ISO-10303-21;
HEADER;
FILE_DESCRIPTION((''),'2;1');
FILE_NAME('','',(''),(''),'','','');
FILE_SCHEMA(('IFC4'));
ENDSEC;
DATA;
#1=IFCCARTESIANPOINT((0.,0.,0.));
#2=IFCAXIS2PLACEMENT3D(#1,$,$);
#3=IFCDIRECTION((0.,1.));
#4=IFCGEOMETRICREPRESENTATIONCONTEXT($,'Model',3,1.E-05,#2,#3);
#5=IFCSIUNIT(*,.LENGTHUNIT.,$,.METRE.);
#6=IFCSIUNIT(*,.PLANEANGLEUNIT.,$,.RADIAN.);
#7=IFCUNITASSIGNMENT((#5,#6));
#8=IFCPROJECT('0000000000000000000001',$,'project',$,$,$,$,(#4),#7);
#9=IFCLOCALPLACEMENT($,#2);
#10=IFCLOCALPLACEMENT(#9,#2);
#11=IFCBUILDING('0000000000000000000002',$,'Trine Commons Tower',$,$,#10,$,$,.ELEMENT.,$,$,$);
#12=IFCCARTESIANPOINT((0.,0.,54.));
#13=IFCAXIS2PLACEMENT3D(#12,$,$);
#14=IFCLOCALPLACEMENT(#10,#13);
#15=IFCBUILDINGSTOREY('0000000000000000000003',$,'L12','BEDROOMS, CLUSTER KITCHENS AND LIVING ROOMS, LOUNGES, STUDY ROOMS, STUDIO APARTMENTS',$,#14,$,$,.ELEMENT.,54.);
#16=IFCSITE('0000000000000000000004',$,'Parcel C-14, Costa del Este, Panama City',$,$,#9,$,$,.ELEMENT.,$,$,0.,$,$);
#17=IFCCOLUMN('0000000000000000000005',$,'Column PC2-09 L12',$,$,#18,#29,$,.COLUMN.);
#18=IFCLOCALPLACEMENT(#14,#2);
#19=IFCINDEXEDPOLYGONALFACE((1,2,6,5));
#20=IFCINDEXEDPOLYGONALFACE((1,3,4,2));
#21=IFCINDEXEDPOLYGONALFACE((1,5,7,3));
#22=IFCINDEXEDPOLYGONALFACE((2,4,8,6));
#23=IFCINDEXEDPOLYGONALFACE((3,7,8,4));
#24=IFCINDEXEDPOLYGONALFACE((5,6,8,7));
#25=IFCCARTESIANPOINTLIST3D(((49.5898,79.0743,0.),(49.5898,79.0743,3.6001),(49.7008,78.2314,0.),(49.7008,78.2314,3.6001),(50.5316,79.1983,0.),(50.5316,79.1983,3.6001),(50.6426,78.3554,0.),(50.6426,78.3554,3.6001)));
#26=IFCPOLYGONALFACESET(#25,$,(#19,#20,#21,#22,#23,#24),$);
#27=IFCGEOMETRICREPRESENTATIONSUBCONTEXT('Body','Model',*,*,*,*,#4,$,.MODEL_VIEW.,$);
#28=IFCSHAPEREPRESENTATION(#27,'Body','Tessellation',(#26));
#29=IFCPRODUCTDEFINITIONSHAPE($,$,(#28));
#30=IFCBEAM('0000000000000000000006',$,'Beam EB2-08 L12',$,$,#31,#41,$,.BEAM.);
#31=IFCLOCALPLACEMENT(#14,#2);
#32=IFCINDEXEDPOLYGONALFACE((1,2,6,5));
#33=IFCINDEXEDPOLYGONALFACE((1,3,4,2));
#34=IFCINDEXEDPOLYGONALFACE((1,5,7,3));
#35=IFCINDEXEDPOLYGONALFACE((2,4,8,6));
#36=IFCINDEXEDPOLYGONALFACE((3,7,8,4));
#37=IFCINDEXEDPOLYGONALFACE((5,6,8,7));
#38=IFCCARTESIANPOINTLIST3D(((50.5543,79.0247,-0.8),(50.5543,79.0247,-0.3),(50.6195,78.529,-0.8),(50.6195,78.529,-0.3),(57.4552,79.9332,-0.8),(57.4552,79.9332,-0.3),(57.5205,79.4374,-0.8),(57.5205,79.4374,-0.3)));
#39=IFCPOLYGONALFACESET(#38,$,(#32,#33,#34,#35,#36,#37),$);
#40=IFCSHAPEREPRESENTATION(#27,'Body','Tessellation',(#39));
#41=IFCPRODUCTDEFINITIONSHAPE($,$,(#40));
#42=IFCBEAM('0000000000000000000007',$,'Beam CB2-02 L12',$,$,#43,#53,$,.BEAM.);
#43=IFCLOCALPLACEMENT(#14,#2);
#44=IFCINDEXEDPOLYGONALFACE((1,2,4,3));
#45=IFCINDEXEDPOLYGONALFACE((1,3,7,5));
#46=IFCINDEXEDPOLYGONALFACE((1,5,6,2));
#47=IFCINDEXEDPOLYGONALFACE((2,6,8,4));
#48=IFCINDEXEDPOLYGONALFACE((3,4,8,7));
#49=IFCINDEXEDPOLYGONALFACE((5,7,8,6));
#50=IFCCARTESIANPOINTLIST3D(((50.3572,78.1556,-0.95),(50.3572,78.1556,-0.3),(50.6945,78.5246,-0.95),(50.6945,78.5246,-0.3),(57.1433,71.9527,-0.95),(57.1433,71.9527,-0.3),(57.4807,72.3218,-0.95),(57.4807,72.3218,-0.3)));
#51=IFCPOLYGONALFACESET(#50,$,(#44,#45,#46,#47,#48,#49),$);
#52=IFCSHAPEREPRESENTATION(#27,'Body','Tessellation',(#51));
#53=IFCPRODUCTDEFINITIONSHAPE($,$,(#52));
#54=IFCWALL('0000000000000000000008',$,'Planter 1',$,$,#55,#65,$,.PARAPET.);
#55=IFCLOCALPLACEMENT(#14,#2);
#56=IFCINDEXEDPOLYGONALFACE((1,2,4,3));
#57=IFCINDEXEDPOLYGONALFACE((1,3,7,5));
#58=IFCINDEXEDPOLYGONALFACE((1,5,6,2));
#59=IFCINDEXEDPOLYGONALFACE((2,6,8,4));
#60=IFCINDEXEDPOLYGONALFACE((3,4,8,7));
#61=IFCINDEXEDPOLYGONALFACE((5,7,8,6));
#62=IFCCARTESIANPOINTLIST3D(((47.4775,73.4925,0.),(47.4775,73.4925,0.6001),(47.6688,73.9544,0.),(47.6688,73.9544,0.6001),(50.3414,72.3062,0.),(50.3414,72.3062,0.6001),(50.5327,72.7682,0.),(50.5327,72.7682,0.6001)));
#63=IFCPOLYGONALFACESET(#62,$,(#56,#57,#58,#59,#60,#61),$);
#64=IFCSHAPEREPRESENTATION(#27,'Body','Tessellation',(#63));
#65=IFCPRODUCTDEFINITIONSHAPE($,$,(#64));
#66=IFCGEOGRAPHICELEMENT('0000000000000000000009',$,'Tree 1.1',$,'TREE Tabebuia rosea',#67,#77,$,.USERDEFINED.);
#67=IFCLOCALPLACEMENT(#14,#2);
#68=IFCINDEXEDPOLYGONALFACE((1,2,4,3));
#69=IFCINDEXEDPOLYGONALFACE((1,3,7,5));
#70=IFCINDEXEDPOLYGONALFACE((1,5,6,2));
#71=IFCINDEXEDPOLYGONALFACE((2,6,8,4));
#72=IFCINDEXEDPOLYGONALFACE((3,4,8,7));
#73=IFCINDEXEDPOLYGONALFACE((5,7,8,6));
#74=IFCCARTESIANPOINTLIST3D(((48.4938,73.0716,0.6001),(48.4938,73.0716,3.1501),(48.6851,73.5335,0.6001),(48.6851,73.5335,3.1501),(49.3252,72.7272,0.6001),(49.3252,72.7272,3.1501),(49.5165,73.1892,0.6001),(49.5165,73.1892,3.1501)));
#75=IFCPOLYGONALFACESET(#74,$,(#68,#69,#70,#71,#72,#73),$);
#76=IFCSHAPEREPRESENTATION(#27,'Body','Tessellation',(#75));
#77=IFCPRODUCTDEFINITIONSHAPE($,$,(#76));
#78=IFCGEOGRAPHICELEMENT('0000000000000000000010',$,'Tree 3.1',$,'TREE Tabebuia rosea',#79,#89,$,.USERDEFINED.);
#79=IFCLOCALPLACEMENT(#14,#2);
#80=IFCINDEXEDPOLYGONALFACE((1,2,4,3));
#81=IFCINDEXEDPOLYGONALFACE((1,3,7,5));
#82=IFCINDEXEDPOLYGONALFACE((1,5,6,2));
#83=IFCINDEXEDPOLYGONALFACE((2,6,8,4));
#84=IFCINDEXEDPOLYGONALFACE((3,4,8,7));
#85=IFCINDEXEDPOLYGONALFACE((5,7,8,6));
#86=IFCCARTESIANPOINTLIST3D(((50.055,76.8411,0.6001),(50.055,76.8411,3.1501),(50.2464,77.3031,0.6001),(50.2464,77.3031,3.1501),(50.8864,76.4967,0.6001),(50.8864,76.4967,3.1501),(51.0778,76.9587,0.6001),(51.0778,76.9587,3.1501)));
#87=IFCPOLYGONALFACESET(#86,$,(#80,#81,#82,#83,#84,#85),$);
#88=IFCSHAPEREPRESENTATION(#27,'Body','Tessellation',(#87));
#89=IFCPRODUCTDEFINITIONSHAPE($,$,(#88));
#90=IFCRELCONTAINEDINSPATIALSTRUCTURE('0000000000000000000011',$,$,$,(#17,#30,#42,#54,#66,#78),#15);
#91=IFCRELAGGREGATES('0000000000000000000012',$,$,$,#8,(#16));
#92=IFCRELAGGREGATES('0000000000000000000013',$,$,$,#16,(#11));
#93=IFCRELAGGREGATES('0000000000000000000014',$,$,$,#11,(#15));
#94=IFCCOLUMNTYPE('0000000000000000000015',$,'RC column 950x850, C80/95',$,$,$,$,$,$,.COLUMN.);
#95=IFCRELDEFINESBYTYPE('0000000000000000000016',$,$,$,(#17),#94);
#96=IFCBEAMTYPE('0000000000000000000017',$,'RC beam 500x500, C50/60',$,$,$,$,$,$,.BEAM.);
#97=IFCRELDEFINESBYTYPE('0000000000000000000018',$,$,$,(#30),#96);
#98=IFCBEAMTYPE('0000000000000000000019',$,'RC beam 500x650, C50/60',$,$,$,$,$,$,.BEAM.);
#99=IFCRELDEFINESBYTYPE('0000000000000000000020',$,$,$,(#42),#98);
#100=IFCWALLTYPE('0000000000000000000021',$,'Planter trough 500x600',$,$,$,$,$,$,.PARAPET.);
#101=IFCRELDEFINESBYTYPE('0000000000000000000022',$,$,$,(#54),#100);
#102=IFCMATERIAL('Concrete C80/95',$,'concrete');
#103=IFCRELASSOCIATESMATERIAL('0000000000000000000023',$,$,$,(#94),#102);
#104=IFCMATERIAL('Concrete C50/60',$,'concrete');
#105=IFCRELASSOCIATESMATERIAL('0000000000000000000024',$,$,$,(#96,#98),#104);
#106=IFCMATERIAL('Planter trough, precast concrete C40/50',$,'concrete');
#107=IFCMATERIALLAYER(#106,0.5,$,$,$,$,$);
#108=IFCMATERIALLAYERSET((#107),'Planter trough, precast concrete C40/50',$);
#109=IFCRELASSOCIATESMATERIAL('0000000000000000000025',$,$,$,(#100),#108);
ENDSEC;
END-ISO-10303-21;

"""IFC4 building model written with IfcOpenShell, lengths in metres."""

from ifc_helpers import new_model, si_unit, direction, frame, frame_2d, origin, origin_2d, place, context, subcontext, project, spatial, rectangle, extrude, material, layer, layer_set, material_profile, profile_set, type_object, element, save


model = new_model("IFC4")

# Units and contexts
model_context = context("Model", 3, precision=1e-05, world=origin(), true_north=direction((0.0, 1.0)))
body_context = subcontext(model_context, "Body", "Model", "MODEL_VIEW")
ifc_project = project(units=[si_unit("LENGTHUNIT", "METRE"), si_unit("PLANEANGLEUNIT", "RADIAN")], contexts=[model_context])

# Site, building, storey
site_placement = place(None, origin())
site = spatial("IfcSite", under=ifc_project, at=site_placement, Name="Parcel C-14, Costa del Este, Panama City", CompositionType="ELEMENT", RefElevation=0.0)
building_placement = place(site_placement, origin())
building = spatial("IfcBuilding", under=site, at=building_placement, Name="Trine Commons Tower", CompositionType="ELEMENT")
storey_placement = place(building_placement, frame((0.0, 0.0, 54.0)))
storey = spatial("IfcBuildingStorey", under=building, at=storey_placement, Name="L12", Description="BEDROOMS, CLUSTER KITCHENS AND LIVING ROOMS, LOUNGES, STUDY ROOMS, STUDIO APARTMENTS", CompositionType="ELEMENT", Elevation=54.0)

# Column
ifc_material_1 = material(Name="Concrete C80/95", Category="concrete")
ifc_material_profile_1 = material_profile(ifc_material_1, rectangle(XDim=0.95, YDim=0.8501, at=origin_2d()), Name="RC 950x850")
ifc_profile_set_1 = profile_set([ifc_material_profile_1], Name="Concrete C80/95")
column_type = type_object("IfcColumnType", Name="RC column 950x850, C80/95", PredefinedType="COLUMN", material=ifc_profile_set_1)
column_placement = place(storey_placement, frame((50.1162, 78.7148, 0.0), z_axis=(0.0, 0.0, 1.0), x_axis=(0.991445, 0.130526, 0.0)))
element("IfcColumn", 1, at=column_placement, inside=storey, type_object=column_type, Name="Column PC2-09 L12", PredefinedType="COLUMN", context=body_context, shape_type="SweptSolid", body=[
    extrude(rectangle(XDim=0.95, YDim=0.8501, at=origin_2d()), origin(), (0.0, 0.0, 1.0), 3.6001),
])

# Beams
ifc_material_2 = material(Name="Concrete C50/60", Category="concrete")
ifc_material_profile_2 = material_profile(ifc_material_2, rectangle(XDim=0.5, YDim=0.5, at=origin_2d()), Name="RC 500x500")
ifc_profile_set_2 = profile_set([ifc_material_profile_2], Name="Concrete C50/60")
beam_type_1 = type_object("IfcBeamType", Name="RC beam 500x500, C50/60", PredefinedType="BEAM", material=ifc_profile_set_2)
beam_1_placement = place(storey_placement, frame((50.5869, 78.7769, -0.55), z_axis=(0.991446, 0.130516, 0.0), x_axis=(-0.130516, 0.991446, 0.0)))
element("IfcBeam", 2, at=beam_1_placement, inside=storey, type_object=beam_type_1, Name="Beam EB2-08 L12", PredefinedType="BEAM", context=body_context, shape_type="SweptSolid", body=[
    extrude(rectangle(XDim=0.5, YDim=0.5, at=origin_2d()), origin(), (0.0, 0.0, 1.0), 6.9604),
])
ifc_material_profile_3 = material_profile(ifc_material_2, rectangle(XDim=0.5, YDim=0.6499, at=origin_2d()), Name="RC 500x650")
ifc_profile_set_3 = profile_set([ifc_material_profile_3], Name="Concrete C50/60")
beam_type_2 = type_object("IfcBeamType", Name="RC beam 500x650, C50/60", PredefinedType="BEAM", material=ifc_profile_set_3)
beam_2_placement = place(storey_placement, frame((50.5259, 78.3401, -0.625), z_axis=(0.738115, -0.674675, 0.0), x_axis=(0.674675, 0.738115, 0.0)))
element("IfcBeam", 3, at=beam_2_placement, inside=storey, type_object=beam_type_2, Name="Beam CB2-02 L12", PredefinedType="BEAM", context=body_context, shape_type="SweptSolid", body=[
    extrude(rectangle(XDim=0.5, YDim=0.6499, at=origin_2d()), origin(), (0.0, 0.0, 1.0), 9.1938),
])

# Wall
ifc_material_3 = material(Name="Planter trough, precast concrete C40/50", Category="concrete")
ifc_layer = layer(ifc_material_3, 0.5)
ifc_layer_set = layer_set([ifc_layer], Name="Planter trough, precast concrete C40/50")
wall_type = type_object("IfcWallType", Name="Planter trough 500x600", PredefinedType="PARAPET", material=ifc_layer_set)
wall_placement = place(storey_placement, frame((47.5732, 73.7234, 0.0), z_axis=(0.0, 0.0, 1.0), x_axis=(0.923883, -0.382674, 0.0)))
element("IfcWall", 4, at=wall_placement, inside=storey, type_object=wall_type, Name="Planter 1", PredefinedType="PARAPET", context=body_context, shape_type="SweptSolid", body=[
    extrude(rectangle(XDim=3.0999, YDim=0.5, at=frame_2d((1.5498, 0.0))), origin(), (0.0, 0.0, 1.0), 0.6001),
])

# Geographic elements
for number, where, z_axis, x_axis, name in (
    (5, (49.0051, 73.1304, 0.6001), (0.0, 0.0, 1.0), (0.923886, -0.382669, 0.0), "Tree 1.1"),
    (6, (50.5664, 76.8999, 0.6001), (0.0, 0.0, 1.0), (-0.923886, 0.382669, 0.0), "Tree 3.1"),
):
    element("IfcGeographicElement", number, at=place(storey_placement, frame(where, z_axis=z_axis, x_axis=x_axis)), inside=storey, Name=name, ObjectType="TREE Tabebuia rosea", PredefinedType="USERDEFINED", context=body_context, shape_type="SweptSolid", body=[
        extrude(rectangle(XDim=0.8999, YDim=0.5, at=origin_2d()), origin(), (0.0, 0.0, 1.0), 2.55),
    ])

save(model, "model.ifc")
